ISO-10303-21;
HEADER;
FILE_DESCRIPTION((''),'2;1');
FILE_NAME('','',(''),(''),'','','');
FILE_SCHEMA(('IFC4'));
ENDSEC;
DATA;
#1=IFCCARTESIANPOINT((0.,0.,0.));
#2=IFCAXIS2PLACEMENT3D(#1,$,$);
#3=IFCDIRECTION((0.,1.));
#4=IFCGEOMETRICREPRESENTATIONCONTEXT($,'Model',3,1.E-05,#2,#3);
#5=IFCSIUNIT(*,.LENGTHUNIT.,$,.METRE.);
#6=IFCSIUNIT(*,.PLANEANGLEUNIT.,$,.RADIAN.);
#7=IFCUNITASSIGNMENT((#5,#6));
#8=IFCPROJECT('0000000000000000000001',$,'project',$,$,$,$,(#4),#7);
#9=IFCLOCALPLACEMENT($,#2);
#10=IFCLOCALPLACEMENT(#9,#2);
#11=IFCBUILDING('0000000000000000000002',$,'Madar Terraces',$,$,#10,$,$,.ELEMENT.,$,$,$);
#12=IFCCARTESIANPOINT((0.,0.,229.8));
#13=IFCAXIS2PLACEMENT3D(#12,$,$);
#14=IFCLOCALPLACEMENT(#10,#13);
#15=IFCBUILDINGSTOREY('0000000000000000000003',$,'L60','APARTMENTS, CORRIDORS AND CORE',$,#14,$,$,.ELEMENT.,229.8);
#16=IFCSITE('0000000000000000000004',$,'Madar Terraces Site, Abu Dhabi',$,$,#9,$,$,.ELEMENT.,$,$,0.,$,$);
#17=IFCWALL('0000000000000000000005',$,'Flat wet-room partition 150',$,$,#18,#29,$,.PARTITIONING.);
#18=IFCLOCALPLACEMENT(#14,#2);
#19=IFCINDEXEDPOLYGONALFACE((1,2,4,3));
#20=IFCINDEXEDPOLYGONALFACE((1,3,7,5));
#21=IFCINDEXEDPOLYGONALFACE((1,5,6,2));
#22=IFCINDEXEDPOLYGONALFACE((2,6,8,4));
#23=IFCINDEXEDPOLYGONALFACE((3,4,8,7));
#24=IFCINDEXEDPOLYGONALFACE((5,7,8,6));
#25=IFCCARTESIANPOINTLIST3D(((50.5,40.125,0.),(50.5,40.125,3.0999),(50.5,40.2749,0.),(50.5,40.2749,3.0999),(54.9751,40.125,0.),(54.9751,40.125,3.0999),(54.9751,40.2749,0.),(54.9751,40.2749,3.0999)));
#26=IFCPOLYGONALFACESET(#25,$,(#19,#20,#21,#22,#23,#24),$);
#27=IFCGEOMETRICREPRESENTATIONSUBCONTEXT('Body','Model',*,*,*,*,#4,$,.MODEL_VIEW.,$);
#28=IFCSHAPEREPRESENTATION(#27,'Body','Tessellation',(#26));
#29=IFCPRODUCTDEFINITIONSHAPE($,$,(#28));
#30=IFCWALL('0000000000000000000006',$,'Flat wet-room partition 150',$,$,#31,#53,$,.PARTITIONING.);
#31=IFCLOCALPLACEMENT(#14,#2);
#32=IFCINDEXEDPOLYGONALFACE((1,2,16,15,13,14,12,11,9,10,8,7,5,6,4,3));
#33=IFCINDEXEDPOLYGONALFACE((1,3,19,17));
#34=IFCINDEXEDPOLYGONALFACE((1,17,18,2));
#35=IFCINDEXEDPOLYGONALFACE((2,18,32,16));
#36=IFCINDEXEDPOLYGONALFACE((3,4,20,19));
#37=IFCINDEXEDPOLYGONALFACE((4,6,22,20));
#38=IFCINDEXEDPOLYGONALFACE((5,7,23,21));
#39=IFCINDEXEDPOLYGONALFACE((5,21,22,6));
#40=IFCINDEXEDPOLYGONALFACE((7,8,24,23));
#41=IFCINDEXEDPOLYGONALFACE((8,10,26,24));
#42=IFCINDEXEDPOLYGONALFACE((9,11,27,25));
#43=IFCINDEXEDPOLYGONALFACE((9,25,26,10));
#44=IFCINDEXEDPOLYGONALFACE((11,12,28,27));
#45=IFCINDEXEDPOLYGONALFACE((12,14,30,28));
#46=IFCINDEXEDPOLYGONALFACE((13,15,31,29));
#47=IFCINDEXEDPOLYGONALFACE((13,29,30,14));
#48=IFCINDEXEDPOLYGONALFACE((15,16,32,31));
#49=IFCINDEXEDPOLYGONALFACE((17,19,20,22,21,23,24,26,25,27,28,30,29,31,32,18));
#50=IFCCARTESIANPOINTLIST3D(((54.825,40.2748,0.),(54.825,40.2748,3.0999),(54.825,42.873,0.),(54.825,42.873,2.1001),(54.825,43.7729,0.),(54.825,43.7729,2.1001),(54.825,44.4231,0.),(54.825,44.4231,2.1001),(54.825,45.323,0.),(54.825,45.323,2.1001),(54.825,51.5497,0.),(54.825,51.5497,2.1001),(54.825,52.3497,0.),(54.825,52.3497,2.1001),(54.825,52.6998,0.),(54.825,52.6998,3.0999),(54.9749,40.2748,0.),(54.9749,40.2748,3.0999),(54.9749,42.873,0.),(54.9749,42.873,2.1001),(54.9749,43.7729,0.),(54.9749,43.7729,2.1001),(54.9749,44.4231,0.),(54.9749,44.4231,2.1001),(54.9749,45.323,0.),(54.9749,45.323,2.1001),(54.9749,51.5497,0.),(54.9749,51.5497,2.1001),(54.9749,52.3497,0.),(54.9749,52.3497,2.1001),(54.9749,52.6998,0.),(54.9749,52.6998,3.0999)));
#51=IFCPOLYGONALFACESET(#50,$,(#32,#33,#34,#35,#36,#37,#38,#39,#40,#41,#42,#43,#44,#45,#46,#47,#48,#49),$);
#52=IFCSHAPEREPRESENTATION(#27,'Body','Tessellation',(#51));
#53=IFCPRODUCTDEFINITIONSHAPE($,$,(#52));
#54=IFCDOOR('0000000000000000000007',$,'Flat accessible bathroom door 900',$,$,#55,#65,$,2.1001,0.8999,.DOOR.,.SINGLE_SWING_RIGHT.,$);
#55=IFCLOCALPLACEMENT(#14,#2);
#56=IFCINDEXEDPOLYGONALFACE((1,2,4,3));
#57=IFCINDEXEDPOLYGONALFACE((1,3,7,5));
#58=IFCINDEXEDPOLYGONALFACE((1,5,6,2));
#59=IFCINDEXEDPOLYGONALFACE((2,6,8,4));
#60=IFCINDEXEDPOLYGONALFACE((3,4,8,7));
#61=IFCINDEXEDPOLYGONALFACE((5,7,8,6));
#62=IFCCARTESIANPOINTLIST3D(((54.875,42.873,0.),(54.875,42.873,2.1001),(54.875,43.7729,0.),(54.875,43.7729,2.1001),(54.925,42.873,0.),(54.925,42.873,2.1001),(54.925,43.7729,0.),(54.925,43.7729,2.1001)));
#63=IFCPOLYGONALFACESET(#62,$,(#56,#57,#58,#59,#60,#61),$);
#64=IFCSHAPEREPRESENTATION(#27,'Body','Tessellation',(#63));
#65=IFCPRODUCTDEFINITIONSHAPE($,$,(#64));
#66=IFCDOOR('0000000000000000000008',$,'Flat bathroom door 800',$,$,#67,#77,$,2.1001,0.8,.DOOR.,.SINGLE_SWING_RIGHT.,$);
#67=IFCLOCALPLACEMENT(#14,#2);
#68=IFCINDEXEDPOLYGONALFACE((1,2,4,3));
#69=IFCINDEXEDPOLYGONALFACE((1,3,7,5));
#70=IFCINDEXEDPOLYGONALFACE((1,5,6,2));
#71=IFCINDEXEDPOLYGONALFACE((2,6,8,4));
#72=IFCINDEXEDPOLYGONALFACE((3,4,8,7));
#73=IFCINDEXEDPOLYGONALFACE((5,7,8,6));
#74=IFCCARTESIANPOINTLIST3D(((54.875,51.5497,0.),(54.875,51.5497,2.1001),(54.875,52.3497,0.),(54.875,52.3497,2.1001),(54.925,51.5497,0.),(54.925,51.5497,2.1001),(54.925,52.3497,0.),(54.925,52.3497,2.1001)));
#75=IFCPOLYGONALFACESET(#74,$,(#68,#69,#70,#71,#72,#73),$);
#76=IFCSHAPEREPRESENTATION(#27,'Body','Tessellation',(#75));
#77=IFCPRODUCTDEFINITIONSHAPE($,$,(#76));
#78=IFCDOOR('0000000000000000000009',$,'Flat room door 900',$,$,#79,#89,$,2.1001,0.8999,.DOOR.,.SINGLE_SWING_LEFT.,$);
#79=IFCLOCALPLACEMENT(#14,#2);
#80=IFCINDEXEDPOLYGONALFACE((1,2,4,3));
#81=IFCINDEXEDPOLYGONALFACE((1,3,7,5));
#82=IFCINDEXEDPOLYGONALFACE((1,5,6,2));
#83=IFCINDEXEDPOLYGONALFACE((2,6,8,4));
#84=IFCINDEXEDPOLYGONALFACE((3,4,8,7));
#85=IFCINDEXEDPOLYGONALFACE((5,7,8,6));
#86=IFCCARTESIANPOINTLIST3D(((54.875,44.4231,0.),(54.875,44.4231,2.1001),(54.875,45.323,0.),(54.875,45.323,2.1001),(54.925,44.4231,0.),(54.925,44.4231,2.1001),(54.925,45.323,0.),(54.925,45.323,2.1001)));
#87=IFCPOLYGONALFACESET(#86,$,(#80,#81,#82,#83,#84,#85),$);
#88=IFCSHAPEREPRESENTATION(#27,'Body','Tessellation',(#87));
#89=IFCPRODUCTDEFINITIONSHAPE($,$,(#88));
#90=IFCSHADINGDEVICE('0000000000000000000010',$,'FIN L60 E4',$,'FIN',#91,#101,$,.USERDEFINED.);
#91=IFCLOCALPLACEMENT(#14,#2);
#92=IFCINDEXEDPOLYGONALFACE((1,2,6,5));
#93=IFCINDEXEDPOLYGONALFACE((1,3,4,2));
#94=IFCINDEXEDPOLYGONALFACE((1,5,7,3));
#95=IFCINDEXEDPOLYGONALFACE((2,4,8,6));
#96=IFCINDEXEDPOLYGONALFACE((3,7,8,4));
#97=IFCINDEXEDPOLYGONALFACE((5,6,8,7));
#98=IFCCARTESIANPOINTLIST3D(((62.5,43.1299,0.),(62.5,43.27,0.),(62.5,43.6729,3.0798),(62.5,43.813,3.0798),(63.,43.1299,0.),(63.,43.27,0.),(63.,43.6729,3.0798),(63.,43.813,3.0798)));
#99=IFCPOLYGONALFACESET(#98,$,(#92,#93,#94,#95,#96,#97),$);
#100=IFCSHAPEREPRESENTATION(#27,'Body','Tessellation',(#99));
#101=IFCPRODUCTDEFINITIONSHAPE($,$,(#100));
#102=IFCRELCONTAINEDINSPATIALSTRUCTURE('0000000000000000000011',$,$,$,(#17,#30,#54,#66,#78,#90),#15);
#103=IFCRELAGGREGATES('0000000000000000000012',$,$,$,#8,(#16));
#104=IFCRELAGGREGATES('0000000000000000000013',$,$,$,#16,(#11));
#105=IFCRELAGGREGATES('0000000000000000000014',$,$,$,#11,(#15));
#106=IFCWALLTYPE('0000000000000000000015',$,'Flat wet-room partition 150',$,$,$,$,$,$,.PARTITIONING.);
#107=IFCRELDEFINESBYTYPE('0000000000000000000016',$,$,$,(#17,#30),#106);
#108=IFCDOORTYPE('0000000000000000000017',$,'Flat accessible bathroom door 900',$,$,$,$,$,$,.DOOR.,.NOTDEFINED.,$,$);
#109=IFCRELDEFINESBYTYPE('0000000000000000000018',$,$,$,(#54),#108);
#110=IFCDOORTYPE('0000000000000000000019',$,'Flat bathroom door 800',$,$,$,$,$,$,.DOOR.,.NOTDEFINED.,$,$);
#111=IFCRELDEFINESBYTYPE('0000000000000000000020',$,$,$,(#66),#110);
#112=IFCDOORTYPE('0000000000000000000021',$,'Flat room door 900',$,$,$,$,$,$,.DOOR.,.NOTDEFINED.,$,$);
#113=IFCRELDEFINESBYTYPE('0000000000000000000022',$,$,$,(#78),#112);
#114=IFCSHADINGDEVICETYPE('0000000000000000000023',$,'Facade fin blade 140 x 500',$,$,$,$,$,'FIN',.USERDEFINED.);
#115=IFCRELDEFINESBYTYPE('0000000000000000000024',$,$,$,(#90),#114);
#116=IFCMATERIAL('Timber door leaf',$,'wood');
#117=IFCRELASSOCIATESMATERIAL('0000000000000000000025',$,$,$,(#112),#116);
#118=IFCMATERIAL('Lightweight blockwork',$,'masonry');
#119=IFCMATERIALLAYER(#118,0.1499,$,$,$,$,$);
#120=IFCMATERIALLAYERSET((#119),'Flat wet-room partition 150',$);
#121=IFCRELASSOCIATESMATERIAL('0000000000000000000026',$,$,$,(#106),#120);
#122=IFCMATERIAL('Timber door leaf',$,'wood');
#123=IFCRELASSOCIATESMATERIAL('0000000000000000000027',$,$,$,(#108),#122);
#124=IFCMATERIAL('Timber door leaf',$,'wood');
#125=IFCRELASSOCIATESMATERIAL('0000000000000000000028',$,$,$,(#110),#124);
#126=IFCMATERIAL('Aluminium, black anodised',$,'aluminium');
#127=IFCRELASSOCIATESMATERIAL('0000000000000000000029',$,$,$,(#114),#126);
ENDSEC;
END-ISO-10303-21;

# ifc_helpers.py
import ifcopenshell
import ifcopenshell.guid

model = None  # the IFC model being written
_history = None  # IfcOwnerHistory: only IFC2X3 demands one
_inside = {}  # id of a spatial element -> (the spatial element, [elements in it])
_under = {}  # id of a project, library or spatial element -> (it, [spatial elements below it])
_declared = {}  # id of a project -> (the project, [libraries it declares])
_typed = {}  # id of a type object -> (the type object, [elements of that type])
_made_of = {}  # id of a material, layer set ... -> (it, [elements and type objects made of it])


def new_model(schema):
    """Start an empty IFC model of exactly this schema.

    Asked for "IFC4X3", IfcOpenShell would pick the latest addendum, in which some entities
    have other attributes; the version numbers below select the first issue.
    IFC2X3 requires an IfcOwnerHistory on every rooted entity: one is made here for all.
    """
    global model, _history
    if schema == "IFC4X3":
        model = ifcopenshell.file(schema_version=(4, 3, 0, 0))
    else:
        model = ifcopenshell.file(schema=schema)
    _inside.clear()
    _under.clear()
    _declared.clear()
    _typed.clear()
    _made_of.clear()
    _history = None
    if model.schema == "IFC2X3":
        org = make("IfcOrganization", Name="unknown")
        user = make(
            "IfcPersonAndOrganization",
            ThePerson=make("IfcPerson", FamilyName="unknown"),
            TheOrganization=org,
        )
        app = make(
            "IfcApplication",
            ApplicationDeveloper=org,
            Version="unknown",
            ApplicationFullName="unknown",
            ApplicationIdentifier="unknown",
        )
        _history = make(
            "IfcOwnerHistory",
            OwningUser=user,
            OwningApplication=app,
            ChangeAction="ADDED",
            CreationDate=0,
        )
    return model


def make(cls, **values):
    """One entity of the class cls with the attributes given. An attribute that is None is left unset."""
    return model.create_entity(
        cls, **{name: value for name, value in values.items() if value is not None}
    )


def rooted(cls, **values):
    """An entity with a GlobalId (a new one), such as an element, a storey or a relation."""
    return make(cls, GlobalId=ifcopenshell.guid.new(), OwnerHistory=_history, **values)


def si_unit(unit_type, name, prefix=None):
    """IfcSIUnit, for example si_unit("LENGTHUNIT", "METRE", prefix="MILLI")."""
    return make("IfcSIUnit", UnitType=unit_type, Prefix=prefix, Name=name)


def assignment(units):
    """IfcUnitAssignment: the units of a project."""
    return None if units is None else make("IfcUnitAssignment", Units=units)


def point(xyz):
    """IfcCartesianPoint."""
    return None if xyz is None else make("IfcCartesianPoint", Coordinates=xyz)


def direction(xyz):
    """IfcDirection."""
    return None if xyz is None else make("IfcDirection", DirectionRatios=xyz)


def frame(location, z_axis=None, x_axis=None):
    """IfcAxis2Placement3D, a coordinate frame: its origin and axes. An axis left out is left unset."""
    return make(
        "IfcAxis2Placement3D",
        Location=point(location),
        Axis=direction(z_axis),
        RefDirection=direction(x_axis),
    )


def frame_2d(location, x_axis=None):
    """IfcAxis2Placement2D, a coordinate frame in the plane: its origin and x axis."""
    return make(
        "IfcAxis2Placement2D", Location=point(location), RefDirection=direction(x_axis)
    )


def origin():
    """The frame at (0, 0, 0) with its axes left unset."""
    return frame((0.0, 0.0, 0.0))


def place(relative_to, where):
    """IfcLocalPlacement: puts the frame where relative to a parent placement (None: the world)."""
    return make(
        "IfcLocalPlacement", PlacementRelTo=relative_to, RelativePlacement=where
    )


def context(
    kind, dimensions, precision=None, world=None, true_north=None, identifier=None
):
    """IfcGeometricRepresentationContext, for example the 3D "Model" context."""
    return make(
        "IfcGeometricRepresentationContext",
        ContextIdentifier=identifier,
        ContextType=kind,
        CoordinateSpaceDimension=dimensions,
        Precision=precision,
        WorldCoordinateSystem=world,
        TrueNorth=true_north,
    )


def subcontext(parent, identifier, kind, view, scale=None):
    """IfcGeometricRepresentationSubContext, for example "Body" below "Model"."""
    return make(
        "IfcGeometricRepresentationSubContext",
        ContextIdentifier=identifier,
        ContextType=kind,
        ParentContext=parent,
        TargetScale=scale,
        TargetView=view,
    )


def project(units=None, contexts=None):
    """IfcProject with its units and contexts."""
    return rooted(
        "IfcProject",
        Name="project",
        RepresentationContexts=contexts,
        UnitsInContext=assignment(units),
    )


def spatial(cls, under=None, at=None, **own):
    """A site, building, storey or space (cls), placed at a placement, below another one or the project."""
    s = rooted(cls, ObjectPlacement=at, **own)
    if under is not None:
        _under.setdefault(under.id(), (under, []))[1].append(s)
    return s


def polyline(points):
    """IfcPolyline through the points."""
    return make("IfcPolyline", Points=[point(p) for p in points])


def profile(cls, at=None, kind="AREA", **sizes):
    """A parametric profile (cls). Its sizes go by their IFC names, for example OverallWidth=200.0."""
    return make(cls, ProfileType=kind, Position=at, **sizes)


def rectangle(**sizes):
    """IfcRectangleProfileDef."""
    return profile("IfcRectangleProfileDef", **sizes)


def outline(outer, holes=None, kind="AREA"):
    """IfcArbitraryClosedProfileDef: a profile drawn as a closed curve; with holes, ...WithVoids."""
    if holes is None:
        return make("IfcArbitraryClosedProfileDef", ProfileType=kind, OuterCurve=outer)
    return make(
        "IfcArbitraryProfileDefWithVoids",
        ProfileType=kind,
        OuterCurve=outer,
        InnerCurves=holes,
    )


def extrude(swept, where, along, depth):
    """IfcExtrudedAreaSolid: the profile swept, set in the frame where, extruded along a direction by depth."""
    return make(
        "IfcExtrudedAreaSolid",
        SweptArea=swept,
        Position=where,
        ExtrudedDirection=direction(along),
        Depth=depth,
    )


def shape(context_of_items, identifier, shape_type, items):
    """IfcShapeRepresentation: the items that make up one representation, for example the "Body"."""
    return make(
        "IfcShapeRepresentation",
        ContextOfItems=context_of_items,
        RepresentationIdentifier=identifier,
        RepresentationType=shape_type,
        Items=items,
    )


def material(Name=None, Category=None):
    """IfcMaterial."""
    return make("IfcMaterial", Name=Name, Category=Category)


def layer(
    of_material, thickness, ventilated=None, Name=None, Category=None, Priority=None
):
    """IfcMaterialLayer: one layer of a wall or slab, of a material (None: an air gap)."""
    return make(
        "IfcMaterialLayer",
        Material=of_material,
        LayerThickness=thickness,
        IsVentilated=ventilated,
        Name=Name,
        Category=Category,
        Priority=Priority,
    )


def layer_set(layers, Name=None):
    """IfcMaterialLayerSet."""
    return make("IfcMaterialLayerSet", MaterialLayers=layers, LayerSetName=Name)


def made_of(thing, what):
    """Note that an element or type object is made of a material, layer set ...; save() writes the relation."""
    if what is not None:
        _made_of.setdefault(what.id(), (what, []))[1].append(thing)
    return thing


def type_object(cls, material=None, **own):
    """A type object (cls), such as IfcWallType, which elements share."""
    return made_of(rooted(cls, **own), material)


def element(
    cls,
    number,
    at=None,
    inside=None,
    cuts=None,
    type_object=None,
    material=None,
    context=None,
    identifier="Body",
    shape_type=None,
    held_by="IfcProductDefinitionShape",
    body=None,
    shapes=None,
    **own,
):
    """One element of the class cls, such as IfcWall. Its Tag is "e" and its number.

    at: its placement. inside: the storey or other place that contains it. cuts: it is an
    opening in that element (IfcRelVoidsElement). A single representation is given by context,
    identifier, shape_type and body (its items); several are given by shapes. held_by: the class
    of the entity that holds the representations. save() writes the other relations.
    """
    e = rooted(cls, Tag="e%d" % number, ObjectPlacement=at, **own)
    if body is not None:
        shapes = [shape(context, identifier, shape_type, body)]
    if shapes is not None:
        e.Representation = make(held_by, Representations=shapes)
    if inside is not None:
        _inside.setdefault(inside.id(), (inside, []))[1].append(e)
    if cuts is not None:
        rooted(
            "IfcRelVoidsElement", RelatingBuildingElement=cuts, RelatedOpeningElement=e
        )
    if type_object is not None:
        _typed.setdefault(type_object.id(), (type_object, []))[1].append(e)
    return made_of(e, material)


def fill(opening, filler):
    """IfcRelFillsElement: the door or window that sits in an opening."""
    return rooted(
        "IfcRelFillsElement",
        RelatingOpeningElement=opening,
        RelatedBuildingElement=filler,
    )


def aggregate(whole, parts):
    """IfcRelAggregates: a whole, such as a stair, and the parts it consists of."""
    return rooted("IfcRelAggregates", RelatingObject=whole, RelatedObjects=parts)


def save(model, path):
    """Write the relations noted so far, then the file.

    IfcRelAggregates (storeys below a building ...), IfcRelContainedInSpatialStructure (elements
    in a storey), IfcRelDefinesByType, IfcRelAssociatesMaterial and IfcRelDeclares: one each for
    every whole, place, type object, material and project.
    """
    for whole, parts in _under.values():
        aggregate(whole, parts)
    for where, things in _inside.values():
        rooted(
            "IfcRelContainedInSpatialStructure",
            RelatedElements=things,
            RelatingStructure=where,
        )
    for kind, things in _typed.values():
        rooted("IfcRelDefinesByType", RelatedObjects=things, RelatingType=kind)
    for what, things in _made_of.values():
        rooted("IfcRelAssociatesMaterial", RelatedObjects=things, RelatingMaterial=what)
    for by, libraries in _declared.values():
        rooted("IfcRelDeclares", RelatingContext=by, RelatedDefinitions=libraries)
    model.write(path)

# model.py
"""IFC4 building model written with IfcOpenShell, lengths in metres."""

from ifc_helpers import new_model, si_unit, direction, frame, frame_2d, origin, place, context, subcontext, project, spatial, polyline, rectangle, outline, extrude, material, layer, layer_set, type_object, element, fill, save


model = new_model("IFC4")

# Units and contexts
model_context = context("Model", 3, precision=1e-05, world=origin(), true_north=direction((0.0, 1.0)))
body_context = subcontext(model_context, "Body", "Model", "MODEL_VIEW")
ifc_project = project(units=[si_unit("LENGTHUNIT", "METRE"), si_unit("PLANEANGLEUNIT", "RADIAN")], contexts=[model_context])

# Site, building, storey
site_placement = place(None, origin())
site = spatial("IfcSite", under=ifc_project, at=site_placement, Name="Madar Terraces Site, Abu Dhabi", CompositionType="ELEMENT", RefElevation=0.0)
building_placement = place(site_placement, origin())
building = spatial("IfcBuilding", under=site, at=building_placement, Name="Madar Terraces", CompositionType="ELEMENT")
storey_placement = place(building_placement, frame((0.0, 0.0, 229.8)))
storey = spatial("IfcBuildingStorey", under=building, at=storey_placement, Name="L60", Description="APARTMENTS, CORRIDORS AND CORE", CompositionType="ELEMENT", Elevation=229.8)

# Shared definitions
ifc_material_1 = material(Name="Timber door leaf", Category="wood")
door_type_1 = type_object("IfcDoorType", Name="Flat room door 900", OperationType="NOTDEFINED", PredefinedType="DOOR", material=ifc_material_1)

# Wall
ifc_material_2 = material(Name="Lightweight blockwork", Category="masonry")
ifc_layer_1 = layer(ifc_material_2, 0.1499)
ifc_layer_set_1 = layer_set([ifc_layer_1], Name="Flat wet-room partition 150")
wall_type_1 = type_object("IfcWallType", Name="Flat wet-room partition 150", PredefinedType="PARTITIONING", material=ifc_layer_set_1)
wall_1_placement = place(storey_placement, frame((50.5, 40.2, 0.0), z_axis=(0.0, 0.0, 1.0), x_axis=(1.0, 0.0, 0.0)))
element("IfcWall", 1, at=wall_1_placement, inside=storey, type_object=wall_type_1, Name="Flat wet-room partition 150", PredefinedType="PARTITIONING", context=body_context, shape_type="SweptSolid", body=[
    extrude(rectangle(XDim=4.4751, YDim=0.1499, at=frame_2d((2.2375, 0.0))), origin(), (0.0, 0.0, 1.0), 3.0999),
])

# Wall, openings, doors
wall_2_placement = place(storey_placement, frame((54.8999, 40.2749, 0.0), z_axis=(0.0, 0.0, 1.0), x_axis=(0.0, 1.0, 0.0)))
wall_2 = element("IfcWall", 2, at=wall_2_placement, inside=storey, type_object=wall_type_1, Name="Flat wet-room partition 150", PredefinedType="PARTITIONING", context=body_context, shape_type="SweptSolid", body=[
    extrude(rectangle(XDim=12.425, YDim=0.1499, at=frame_2d((6.2124, 0.0))), origin(), (0.0, 0.0, 1.0), 3.0999),
])
opening_1_placement = place(wall_2_placement, frame((2.5981, 0.0, 0.0)))
opening_1 = element("IfcOpeningElement", 3, at=opening_1_placement, cuts=wall_2, PredefinedType="OPENING", context=body_context, shape_type="SweptSolid", body=[
    extrude(rectangle(XDim=0.8999, YDim=2.1001, at=frame_2d((0.45, 1.05))), frame((0.0, 0.085, 0.0), z_axis=(0.0, -1.0, 0.0), x_axis=(1.0, 0.0, 0.0)), (0.0, 0.0, 1.0), 0.1699),
])
opening_2_placement = place(wall_2_placement, frame((4.1482, 0.0, 0.0)))
opening_2 = element("IfcOpeningElement", 4, at=opening_2_placement, cuts=wall_2, PredefinedType="OPENING", context=body_context, shape_type="SweptSolid", body=[
    extrude(rectangle(XDim=0.8999, YDim=2.1001, at=frame_2d((0.45, 1.05))), frame((0.0, 0.085, 0.0), z_axis=(0.0, -1.0, 0.0), x_axis=(1.0, 0.0, 0.0)), (0.0, 0.0, 1.0), 0.1699),
])
opening_3_placement = place(wall_2_placement, frame((11.2749, 0.0, 0.0)))
opening_3 = element("IfcOpeningElement", 5, at=opening_3_placement, cuts=wall_2, PredefinedType="OPENING", context=body_context, shape_type="SweptSolid", body=[
    extrude(rectangle(XDim=0.8, YDim=2.1001, at=frame_2d((0.3999, 1.05))), frame((0.0, 0.085, 0.0), z_axis=(0.0, -1.0, 0.0), x_axis=(1.0, 0.0, 0.0)), (0.0, 0.0, 1.0), 0.1699),
])
ifc_material_3 = material(Name="Timber door leaf", Category="wood")
door_type_2 = type_object("IfcDoorType", Name="Flat accessible bathroom door 900", OperationType="NOTDEFINED", PredefinedType="DOOR", material=ifc_material_3)
door_1_placement = place(opening_1_placement, origin())
door_1 = element("IfcDoor", 6, at=door_1_placement, inside=storey, type_object=door_type_2, Name="Flat accessible bathroom door 900", OperationType="SINGLE_SWING_RIGHT", OverallHeight=2.1001, OverallWidth=0.8999, PredefinedType="DOOR", context=body_context, shape_type="SweptSolid", body=[
    extrude(rectangle(XDim=0.8999, YDim=2.1001, at=frame_2d((0.45, 1.05))), frame((0.0, 0.0249, 0.0), z_axis=(0.0, -1.0, 0.0), x_axis=(1.0, 0.0, 0.0)), (0.0, 0.0, 1.0), 0.05),
])
fill(opening_1, door_1)
ifc_material_4 = material(Name="Timber door leaf", Category="wood")
door_type_3 = type_object("IfcDoorType", Name="Flat bathroom door 800", OperationType="NOTDEFINED", PredefinedType="DOOR", material=ifc_material_4)
door_2_placement = place(opening_3_placement, origin())
door_2 = element("IfcDoor", 7, at=door_2_placement, inside=storey, type_object=door_type_3, Name="Flat bathroom door 800", OperationType="SINGLE_SWING_RIGHT", OverallHeight=2.1001, OverallWidth=0.8, PredefinedType="DOOR", context=body_context, shape_type="SweptSolid", body=[
    extrude(rectangle(XDim=0.8, YDim=2.1001, at=frame_2d((0.3999, 1.05))), frame((0.0, 0.0249, 0.0), z_axis=(0.0, -1.0, 0.0), x_axis=(1.0, 0.0, 0.0)), (0.0, 0.0, 1.0), 0.05),
])
fill(opening_3, door_2)
door_3_placement = place(opening_2_placement, origin())
door_3 = element("IfcDoor", 8, at=door_3_placement, inside=storey, type_object=door_type_1, Name="Flat room door 900", OperationType="SINGLE_SWING_LEFT", OverallHeight=2.1001, OverallWidth=0.8999, PredefinedType="DOOR", context=body_context, shape_type="SweptSolid", body=[
    extrude(rectangle(XDim=0.8999, YDim=2.1001, at=frame_2d((0.45, 1.05))), frame((0.0, 0.0249, 0.0), z_axis=(0.0, -1.0, 0.0), x_axis=(1.0, 0.0, 0.0)), (0.0, 0.0, 1.0), 0.05),
])
fill(opening_2, door_3)

# Shading device
ifc_material_5 = material(Name="Aluminium, black anodised", Category="aluminium")
shading_device_type = type_object("IfcShadingDeviceType", Name="Facade fin blade 140 x 500", ElementType="FIN", PredefinedType="USERDEFINED", material=ifc_material_5)
shading_device_placement = place(storey_placement, frame((62.75, 43.1299, 0.0), z_axis=(0.0, 0.0, 1.0), x_axis=(0.0, 1.0, 0.0)))
element("IfcShadingDevice", 9, at=shading_device_placement, inside=storey, type_object=shading_device_type, Name="FIN L60 E4", ObjectType="FIN", PredefinedType="USERDEFINED", context=body_context, shape_type="SweptSolid", body=[
    extrude(outline(polyline([(0.0, 0.0), (0.1401, 0.0), (0.6831, 3.0798), (0.543, 3.0798), (0.0, 0.0)])), frame((0.0, 0.25, 0.0), z_axis=(0.0, -1.0, 0.0), x_axis=(1.0, 0.0, 0.0)), (0.0, 0.0, 1.0), 0.5),
])

save(model, "model.ifc")
